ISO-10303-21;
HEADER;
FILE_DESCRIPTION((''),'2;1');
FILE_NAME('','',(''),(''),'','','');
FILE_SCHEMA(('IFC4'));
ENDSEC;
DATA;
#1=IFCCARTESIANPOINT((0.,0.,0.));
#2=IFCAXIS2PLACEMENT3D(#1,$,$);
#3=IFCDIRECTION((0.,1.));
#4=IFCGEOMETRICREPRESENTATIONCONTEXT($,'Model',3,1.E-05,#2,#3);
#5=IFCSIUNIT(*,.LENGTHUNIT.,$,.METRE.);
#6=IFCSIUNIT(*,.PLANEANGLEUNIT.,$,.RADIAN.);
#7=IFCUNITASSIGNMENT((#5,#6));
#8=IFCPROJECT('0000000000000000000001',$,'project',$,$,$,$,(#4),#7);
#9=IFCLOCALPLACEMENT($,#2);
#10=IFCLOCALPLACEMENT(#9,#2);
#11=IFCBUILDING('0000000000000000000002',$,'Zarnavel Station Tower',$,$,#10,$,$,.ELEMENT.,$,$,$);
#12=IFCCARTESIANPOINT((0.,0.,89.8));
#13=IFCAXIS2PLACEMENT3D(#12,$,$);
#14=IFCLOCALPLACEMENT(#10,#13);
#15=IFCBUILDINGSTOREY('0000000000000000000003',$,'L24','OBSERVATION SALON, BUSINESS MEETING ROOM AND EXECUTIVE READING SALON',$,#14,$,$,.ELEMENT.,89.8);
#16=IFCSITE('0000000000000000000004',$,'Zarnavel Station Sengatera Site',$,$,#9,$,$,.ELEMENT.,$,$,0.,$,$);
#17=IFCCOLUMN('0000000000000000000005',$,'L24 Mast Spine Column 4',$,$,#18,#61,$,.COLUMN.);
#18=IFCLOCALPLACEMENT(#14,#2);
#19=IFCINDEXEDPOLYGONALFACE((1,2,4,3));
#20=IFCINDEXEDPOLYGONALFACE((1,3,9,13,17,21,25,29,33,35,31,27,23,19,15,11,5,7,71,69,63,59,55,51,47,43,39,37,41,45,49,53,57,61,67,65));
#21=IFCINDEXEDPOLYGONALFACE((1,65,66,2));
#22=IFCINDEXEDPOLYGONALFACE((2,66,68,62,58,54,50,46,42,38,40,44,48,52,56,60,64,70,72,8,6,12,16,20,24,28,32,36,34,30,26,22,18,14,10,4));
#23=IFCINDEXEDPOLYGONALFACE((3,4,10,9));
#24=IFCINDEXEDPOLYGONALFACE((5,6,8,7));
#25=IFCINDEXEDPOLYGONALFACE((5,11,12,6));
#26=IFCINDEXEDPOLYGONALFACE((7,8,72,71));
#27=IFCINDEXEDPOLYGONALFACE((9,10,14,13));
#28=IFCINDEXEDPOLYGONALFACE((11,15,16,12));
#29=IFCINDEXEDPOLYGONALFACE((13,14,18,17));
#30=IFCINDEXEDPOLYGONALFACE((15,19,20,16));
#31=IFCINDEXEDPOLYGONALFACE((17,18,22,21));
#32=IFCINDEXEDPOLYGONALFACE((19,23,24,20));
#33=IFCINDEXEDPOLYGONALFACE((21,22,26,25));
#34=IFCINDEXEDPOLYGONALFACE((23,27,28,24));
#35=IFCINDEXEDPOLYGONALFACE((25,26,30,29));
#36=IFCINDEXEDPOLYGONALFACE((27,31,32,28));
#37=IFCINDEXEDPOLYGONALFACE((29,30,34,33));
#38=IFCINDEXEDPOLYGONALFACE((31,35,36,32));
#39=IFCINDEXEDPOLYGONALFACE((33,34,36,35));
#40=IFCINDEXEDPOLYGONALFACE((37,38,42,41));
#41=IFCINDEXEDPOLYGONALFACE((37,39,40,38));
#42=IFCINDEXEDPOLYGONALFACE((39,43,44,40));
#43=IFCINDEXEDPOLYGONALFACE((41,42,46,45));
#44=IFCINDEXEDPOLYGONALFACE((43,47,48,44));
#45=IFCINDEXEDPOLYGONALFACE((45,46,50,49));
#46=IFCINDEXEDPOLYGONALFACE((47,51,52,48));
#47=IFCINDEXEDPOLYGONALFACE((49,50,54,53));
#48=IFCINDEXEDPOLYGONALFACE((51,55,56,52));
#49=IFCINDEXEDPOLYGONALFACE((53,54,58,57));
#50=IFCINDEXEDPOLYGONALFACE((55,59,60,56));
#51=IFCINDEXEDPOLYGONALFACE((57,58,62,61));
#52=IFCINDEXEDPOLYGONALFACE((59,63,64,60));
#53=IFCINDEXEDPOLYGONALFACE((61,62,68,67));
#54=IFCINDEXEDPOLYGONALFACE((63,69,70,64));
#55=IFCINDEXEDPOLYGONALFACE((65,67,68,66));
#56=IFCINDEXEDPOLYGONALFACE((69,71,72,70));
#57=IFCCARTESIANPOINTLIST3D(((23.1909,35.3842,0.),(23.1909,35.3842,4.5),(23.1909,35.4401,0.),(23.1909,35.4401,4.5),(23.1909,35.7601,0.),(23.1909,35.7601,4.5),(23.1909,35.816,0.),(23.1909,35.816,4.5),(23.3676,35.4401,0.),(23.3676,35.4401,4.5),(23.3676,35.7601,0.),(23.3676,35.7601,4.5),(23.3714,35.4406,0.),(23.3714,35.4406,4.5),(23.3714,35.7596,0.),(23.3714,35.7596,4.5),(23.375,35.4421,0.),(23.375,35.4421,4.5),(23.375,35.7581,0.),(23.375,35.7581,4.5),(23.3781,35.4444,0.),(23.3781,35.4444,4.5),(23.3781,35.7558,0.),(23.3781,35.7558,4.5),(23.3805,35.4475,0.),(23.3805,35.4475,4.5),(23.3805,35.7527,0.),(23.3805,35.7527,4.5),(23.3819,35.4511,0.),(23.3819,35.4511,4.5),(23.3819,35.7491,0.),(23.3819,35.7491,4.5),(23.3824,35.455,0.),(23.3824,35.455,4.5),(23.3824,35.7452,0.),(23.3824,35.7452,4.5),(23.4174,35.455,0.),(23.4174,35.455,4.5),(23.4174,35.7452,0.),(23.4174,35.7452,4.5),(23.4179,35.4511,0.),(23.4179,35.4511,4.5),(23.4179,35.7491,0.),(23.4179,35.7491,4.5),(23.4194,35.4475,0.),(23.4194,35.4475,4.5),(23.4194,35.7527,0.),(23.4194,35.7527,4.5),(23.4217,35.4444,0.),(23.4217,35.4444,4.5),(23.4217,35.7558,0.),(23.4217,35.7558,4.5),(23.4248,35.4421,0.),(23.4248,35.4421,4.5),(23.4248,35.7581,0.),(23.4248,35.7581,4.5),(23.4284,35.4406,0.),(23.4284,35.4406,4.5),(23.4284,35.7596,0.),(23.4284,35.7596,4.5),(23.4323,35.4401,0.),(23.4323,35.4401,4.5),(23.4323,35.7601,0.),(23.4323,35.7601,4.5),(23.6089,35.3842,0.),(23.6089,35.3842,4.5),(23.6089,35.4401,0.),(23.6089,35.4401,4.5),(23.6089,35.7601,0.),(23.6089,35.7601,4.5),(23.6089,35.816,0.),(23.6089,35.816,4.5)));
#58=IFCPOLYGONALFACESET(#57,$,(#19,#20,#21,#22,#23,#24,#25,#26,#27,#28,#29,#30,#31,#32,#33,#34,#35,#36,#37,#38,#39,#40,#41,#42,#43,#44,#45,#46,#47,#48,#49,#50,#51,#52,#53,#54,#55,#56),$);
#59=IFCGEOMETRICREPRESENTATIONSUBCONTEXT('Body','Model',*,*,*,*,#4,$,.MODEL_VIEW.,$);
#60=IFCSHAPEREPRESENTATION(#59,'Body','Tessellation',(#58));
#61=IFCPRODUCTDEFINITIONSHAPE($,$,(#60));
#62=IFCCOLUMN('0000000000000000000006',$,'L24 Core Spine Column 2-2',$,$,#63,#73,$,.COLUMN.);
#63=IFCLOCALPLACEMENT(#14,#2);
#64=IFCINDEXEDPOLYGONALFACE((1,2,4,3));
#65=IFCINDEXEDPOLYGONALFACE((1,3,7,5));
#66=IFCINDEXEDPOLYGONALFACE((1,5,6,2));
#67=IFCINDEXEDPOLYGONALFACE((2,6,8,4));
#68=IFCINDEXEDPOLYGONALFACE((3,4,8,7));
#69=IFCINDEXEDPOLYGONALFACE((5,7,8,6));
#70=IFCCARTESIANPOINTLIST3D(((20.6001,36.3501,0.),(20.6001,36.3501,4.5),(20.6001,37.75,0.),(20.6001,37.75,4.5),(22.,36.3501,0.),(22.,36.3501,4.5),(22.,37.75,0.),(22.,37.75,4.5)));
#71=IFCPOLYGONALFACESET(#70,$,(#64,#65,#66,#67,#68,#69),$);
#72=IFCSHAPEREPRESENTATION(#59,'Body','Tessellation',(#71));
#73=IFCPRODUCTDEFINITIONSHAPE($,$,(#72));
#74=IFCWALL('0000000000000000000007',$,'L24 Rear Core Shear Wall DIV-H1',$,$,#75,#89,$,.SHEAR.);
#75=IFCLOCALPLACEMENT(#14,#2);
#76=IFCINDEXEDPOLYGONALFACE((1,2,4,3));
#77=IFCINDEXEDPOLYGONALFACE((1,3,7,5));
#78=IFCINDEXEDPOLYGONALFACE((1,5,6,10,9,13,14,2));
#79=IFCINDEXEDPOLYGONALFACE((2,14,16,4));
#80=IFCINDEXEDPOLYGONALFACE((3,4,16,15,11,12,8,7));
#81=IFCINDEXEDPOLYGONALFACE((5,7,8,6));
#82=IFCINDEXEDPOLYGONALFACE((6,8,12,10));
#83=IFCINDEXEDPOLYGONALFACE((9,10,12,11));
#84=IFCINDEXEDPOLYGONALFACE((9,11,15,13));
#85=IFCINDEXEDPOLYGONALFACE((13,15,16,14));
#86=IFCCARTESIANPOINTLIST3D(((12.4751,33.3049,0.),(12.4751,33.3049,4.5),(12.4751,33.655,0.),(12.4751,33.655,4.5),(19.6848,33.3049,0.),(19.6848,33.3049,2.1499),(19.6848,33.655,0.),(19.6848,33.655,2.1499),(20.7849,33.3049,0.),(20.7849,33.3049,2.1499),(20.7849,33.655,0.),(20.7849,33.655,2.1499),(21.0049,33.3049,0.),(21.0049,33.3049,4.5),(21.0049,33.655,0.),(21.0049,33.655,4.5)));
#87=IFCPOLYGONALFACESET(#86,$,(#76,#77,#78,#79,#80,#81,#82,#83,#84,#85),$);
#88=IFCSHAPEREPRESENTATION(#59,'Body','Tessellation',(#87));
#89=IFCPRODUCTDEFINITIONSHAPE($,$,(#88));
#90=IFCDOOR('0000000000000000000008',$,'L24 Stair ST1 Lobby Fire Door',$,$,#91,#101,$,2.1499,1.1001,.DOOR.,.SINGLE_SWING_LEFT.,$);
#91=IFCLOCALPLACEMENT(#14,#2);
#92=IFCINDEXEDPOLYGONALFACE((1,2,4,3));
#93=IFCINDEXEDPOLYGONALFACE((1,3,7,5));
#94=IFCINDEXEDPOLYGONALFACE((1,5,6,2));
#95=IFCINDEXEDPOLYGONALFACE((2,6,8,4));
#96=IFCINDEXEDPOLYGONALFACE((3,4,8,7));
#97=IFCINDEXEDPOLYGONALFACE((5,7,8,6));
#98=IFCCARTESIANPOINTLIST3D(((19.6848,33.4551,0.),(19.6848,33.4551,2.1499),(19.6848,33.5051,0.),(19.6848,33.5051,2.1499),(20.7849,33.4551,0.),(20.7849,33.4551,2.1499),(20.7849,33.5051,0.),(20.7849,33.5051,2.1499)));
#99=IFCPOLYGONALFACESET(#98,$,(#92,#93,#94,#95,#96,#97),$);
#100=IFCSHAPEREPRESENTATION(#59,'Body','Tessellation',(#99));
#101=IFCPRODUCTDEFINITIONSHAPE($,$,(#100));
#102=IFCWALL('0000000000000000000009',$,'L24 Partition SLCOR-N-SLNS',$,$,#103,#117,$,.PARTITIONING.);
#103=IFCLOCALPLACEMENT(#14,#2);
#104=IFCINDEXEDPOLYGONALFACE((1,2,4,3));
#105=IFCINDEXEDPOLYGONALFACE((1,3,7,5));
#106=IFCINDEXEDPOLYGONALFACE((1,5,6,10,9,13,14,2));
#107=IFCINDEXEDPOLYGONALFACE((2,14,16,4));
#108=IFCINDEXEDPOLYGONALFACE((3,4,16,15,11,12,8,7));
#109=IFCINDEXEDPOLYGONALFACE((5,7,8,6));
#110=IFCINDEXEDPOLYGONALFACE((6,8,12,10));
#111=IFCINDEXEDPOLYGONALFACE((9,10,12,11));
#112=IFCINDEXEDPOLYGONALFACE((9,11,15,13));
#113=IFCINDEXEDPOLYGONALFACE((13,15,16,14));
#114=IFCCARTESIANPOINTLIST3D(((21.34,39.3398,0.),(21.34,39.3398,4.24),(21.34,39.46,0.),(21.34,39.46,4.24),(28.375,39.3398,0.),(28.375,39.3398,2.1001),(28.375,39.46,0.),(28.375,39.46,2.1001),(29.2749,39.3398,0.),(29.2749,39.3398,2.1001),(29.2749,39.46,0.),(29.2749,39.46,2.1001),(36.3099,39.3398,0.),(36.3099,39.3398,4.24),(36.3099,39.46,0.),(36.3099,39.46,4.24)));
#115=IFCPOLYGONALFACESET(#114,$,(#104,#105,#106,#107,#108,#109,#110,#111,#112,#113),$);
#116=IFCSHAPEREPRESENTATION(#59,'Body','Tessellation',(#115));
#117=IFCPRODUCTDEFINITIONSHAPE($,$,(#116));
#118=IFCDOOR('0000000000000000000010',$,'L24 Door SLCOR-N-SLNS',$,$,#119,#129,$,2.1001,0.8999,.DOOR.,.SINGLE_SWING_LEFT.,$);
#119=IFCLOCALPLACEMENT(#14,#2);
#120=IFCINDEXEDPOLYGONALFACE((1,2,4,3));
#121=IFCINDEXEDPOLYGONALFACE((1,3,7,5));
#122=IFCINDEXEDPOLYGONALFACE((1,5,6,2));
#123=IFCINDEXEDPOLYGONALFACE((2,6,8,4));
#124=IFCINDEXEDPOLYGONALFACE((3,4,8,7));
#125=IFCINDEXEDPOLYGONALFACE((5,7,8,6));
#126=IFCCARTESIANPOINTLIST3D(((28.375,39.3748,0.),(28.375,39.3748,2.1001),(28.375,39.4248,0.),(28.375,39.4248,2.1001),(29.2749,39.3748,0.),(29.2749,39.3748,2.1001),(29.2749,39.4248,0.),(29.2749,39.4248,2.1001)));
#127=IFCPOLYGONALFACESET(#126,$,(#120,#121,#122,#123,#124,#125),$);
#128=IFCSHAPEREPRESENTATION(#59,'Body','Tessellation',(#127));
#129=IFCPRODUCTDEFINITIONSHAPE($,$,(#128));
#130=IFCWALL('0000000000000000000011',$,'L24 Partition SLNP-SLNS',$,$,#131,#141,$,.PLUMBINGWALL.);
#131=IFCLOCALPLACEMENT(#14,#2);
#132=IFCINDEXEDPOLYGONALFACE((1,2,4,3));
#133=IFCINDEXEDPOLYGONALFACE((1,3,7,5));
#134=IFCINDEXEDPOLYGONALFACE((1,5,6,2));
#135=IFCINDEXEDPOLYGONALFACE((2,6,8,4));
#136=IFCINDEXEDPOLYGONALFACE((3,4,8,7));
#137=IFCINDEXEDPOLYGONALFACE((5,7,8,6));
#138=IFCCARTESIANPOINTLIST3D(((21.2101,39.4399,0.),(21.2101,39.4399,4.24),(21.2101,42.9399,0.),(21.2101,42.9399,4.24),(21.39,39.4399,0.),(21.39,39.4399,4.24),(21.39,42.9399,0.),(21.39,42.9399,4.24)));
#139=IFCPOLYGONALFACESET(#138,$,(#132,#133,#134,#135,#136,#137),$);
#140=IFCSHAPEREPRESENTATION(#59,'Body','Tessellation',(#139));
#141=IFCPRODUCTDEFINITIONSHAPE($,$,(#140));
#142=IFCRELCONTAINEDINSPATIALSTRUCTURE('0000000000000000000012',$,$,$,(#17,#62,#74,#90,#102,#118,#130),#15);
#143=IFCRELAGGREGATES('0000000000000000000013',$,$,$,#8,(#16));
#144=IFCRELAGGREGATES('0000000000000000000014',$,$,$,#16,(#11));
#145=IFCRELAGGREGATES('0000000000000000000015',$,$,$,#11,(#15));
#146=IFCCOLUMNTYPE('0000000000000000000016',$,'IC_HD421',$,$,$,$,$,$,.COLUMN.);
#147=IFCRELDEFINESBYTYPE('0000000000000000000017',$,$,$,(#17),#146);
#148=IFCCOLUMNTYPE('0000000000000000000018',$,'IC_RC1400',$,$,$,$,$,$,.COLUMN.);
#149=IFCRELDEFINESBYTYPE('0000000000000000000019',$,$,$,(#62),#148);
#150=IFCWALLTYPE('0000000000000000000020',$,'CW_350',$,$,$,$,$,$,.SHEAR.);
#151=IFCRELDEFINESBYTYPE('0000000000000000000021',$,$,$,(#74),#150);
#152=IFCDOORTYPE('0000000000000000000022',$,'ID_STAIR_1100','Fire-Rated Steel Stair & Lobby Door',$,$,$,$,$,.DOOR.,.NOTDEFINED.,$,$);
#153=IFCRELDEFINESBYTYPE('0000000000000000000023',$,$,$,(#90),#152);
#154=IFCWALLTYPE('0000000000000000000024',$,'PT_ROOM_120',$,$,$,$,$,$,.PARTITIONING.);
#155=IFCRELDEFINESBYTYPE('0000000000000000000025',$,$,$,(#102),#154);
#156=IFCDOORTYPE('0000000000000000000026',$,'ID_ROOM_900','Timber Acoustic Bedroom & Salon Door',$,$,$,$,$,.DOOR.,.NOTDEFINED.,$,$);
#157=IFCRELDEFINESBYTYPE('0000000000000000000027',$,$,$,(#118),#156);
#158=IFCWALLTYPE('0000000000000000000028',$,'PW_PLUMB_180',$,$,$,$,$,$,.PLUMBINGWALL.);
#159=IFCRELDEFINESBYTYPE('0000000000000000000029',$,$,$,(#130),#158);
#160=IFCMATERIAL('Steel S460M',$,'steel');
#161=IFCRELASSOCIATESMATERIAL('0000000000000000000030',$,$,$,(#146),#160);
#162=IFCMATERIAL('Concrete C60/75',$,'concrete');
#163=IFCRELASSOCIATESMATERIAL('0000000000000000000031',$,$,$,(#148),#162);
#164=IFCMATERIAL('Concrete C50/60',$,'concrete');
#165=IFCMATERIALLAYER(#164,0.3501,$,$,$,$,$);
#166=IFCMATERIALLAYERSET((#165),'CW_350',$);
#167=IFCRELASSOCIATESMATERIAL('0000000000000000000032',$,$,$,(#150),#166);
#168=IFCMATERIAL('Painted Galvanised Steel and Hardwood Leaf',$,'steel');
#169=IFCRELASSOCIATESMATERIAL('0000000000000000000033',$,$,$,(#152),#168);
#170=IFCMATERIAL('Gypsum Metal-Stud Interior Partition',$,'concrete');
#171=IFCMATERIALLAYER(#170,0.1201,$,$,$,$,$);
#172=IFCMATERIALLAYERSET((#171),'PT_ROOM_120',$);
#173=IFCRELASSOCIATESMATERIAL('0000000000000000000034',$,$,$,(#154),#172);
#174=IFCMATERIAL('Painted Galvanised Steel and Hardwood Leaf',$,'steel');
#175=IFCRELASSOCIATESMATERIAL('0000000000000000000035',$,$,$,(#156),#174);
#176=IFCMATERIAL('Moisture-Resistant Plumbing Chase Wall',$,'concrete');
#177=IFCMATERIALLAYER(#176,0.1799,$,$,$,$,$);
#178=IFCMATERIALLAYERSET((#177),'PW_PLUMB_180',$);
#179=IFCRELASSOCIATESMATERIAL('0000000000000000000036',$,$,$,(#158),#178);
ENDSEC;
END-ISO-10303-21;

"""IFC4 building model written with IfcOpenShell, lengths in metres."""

from ifc_helpers import new_model, si_unit, direction, frame, frame_2d, origin, origin_2d, place, context, subcontext, project, spatial, rectangle, i_section, extrude, material, layer, layer_set, material_profile, profile_set, type_object, element, fill, save


model = new_model("IFC4")

# Units and contexts
model_context = context("Model", 3, precision=1e-05, world=origin(), true_north=direction((0.0, 1.0)))
body_context = subcontext(model_context, "Body", "Model", "MODEL_VIEW")
ifc_project = project(units=[si_unit("LENGTHUNIT", "METRE"), si_unit("PLANEANGLEUNIT", "RADIAN")], contexts=[model_context])

# Site, building, storey
site_placement = place(None, origin())
site = spatial("IfcSite", under=ifc_project, at=site_placement, Name="Zarnavel Station Sengatera Site", CompositionType="ELEMENT", RefElevation=0.0)
building_placement = place(site_placement, origin())
building = spatial("IfcBuilding", under=site, at=building_placement, Name="Zarnavel Station Tower", CompositionType="ELEMENT")
storey_placement = place(building_placement, frame((0.0, 0.0, 89.8)))
storey = spatial("IfcBuildingStorey", under=building, at=storey_placement, Name="L24", Description="OBSERVATION SALON, BUSINESS MEETING ROOM AND EXECUTIVE READING SALON", CompositionType="ELEMENT", Elevation=89.8)

# Columns
ifc_material_1 = material(Name="Steel S460M", Category="steel")
ifc_material_profile_1 = material_profile(ifc_material_1, i_section(OverallWidth=0.418, OverallDepth=0.4319, WebThickness=0.0349, FlangeThickness=0.0559, FilletRadius=0.0149, at=origin_2d()), Name="HD400x421")
ifc_profile_set_1 = profile_set([ifc_material_profile_1], Name="Steel S460M")
column_type_1 = type_object("IfcColumnType", Name="IC_HD421", PredefinedType="COLUMN", material=ifc_profile_set_1)
column_1_placement = place(storey_placement, frame((23.3999, 35.6001, 0.0), z_axis=(0.0, 0.0, 1.0), x_axis=(1.0, 0.0, 0.0)))
element("IfcColumn", 1, at=column_1_placement, inside=storey, type_object=column_type_1, Name="L24 Mast Spine Column 4", PredefinedType="COLUMN", context=body_context, shape_type="SweptSolid", body=[
    extrude(i_section(OverallWidth=0.418, OverallDepth=0.4319, WebThickness=0.0349, FlangeThickness=0.0559, FilletRadius=0.0149, at=origin_2d()), origin(), (0.0, 0.0, 1.0), 4.5),
])
ifc_material_2 = material(Name="Concrete C60/75", Category="concrete")
ifc_material_profile_2 = material_profile(ifc_material_2, rectangle(XDim=1.3999, YDim=1.3999, at=origin_2d()), Name="RC1400x1400")
ifc_profile_set_2 = profile_set([ifc_material_profile_2], Name="Concrete C60/75")
column_type_2 = type_object("IfcColumnType", Name="IC_RC1400", PredefinedType="COLUMN", material=ifc_profile_set_2)
column_2_placement = place(storey_placement, frame((21.3, 37.05, 0.0), z_axis=(0.0, 0.0, 1.0), x_axis=(1.0, 0.0, 0.0)))
element("IfcColumn", 2, at=column_2_placement, inside=storey, type_object=column_type_2, Name="L24 Core Spine Column 2-2", PredefinedType="COLUMN", context=body_context, shape_type="SweptSolid", body=[
    extrude(rectangle(XDim=1.3999, YDim=1.3999, at=origin_2d()), origin(), (0.0, 0.0, 1.0), 4.5),
])

# Walls, openings, doors
ifc_material_3 = material(Name="Concrete C50/60", Category="concrete")
ifc_layer_1 = layer(ifc_material_3, 0.3501)
ifc_layer_set_1 = layer_set([ifc_layer_1], Name="CW_350")
wall_type_1 = type_object("IfcWallType", Name="CW_350", PredefinedType="SHEAR", material=ifc_layer_set_1)
wall_1_placement = place(storey_placement, frame((21.0049, 33.48, 0.0), z_axis=(0.0, 0.0, 1.0), x_axis=(-1.0, 0.0, 0.0)))
wall_1 = element("IfcWall", 3, at=wall_1_placement, inside=storey, type_object=wall_type_1, Name="L24 Rear Core Shear Wall DIV-H1", PredefinedType="SHEAR", context=body_context, shape_type="SweptSolid", body=[
    extrude(rectangle(XDim=8.5298, YDim=0.3501, at=frame_2d((4.2649, 0.0))), origin(), (0.0, 0.0, 1.0), 4.5),
])
opening_1_placement = place(wall_1_placement, frame((0.22, 0.0, 0.0)))
opening_1 = element("IfcOpeningElement", 4, at=opening_1_placement, cuts=wall_1, PredefinedType="OPENING", context=body_context, shape_type="SweptSolid", body=[
    extrude(rectangle(XDim=1.1001, YDim=2.1499, at=frame_2d((0.55, 1.075))), frame((0.0, 0.1851, 0.0), z_axis=(0.0, -1.0, 0.0), x_axis=(1.0, 0.0, 0.0)), (0.0, 0.0, 1.0), 0.3701),
])
ifc_material_4 = material(Name="Painted Galvanised Steel and Hardwood Leaf", Category="steel")
door_type_1 = type_object("IfcDoorType", Name="ID_STAIR_1100", Description="Fire-Rated Steel Stair & Lobby Door", OperationType="NOTDEFINED", PredefinedType="DOOR", material=ifc_material_4)
door_1_placement = place(opening_1_placement, origin())
door_1 = element("IfcDoor", 5, at=door_1_placement, inside=storey, type_object=door_type_1, Name="L24 Stair ST1 Lobby Fire Door", OperationType="SINGLE_SWING_LEFT", OverallHeight=2.1499, OverallWidth=1.1001, PredefinedType="DOOR", context=body_context, shape_type="SweptSolid", body=[
    extrude(rectangle(XDim=1.1001, YDim=2.1499, at=frame_2d((0.55, 1.075))), frame((0.0, 0.0249, 0.0), z_axis=(0.0, -1.0, 0.0), x_axis=(1.0, 0.0, 0.0)), (0.0, 0.0, 1.0), 0.05),
])
fill(opening_1, door_1)
ifc_material_5 = material(Name="Gypsum Metal-Stud Interior Partition", Category="concrete")
ifc_layer_2 = layer(ifc_material_5, 0.1201)
ifc_layer_set_2 = layer_set([ifc_layer_2], Name="PT_ROOM_120")
wall_type_2 = type_object("IfcWallType", Name="PT_ROOM_120", PredefinedType="PARTITIONING", material=ifc_layer_set_2)
wall_2_placement = place(storey_placement, frame((21.3401, 39.3999, 0.0), z_axis=(0.0, 0.0, 1.0), x_axis=(1.0, 0.0, 0.0)))
wall_2 = element("IfcWall", 6, at=wall_2_placement, inside=storey, type_object=wall_type_2, Name="L24 Partition SLCOR-N-SLNS", PredefinedType="PARTITIONING", context=body_context, shape_type="SweptSolid", body=[
    extrude(rectangle(XDim=14.97, YDim=0.1201, at=frame_2d((7.4849, 0.0))), origin(), (0.0, 0.0, 1.0), 4.24),
])
opening_2_placement = place(wall_2_placement, frame((7.0349, 0.0, 0.0)))
opening_2 = element("IfcOpeningElement", 7, at=opening_2_placement, cuts=wall_2, PredefinedType="OPENING", context=body_context, shape_type="SweptSolid", body=[
    extrude(rectangle(XDim=0.8999, YDim=2.1001, at=frame_2d((0.45, 1.05))), frame((0.0, 0.0701, 0.0), z_axis=(0.0, -1.0, 0.0), x_axis=(1.0, 0.0, 0.0)), (0.0, 0.0, 1.0), 0.1401),
])
ifc_material_6 = material(Name="Painted Galvanised Steel and Hardwood Leaf", Category="steel")
door_type_2 = type_object("IfcDoorType", Name="ID_ROOM_900", Description="Timber Acoustic Bedroom & Salon Door", OperationType="NOTDEFINED", PredefinedType="DOOR", material=ifc_material_6)
door_2_placement = place(opening_2_placement, origin())
door_2 = element("IfcDoor", 8, at=door_2_placement, inside=storey, type_object=door_type_2, Name="L24 Door SLCOR-N-SLNS", OperationType="SINGLE_SWING_LEFT", OverallHeight=2.1001, OverallWidth=0.8999, PredefinedType="DOOR", context=body_context, shape_type="SweptSolid", body=[
    extrude(rectangle(XDim=0.8999, YDim=2.1001, at=frame_2d((0.45, 1.05))), frame((0.0, 0.0249, 0.0), z_axis=(0.0, -1.0, 0.0), x_axis=(1.0, 0.0, 0.0)), (0.0, 0.0, 1.0), 0.05),
])
fill(opening_2, door_2)

# Wall
ifc_material_7 = material(Name="Moisture-Resistant Plumbing Chase Wall", Category="concrete")
ifc_layer_3 = layer(ifc_material_7, 0.1799)
ifc_layer_set_3 = layer_set([ifc_layer_3], Name="PW_PLUMB_180")
wall_type_3 = type_object("IfcWallType", Name="PW_PLUMB_180", PredefinedType="PLUMBINGWALL", material=ifc_layer_set_3)
wall_3_placement = place(storey_placement, frame((21.3, 39.4399, 0.0), z_axis=(0.0, 0.0, 1.0), x_axis=(0.0, 1.0, 0.0)))
element("IfcWall", 9, at=wall_3_placement, inside=storey, type_object=wall_type_3, Name="L24 Partition SLNP-SLNS", PredefinedType="PLUMBINGWALL", context=body_context, shape_type="SweptSolid", body=[
    extrude(rectangle(XDim=3.5, YDim=0.1799, at=frame_2d((1.75, 0.0))), origin(), (0.0, 0.0, 1.0), 4.24),
])

save(model, "model.ifc")
